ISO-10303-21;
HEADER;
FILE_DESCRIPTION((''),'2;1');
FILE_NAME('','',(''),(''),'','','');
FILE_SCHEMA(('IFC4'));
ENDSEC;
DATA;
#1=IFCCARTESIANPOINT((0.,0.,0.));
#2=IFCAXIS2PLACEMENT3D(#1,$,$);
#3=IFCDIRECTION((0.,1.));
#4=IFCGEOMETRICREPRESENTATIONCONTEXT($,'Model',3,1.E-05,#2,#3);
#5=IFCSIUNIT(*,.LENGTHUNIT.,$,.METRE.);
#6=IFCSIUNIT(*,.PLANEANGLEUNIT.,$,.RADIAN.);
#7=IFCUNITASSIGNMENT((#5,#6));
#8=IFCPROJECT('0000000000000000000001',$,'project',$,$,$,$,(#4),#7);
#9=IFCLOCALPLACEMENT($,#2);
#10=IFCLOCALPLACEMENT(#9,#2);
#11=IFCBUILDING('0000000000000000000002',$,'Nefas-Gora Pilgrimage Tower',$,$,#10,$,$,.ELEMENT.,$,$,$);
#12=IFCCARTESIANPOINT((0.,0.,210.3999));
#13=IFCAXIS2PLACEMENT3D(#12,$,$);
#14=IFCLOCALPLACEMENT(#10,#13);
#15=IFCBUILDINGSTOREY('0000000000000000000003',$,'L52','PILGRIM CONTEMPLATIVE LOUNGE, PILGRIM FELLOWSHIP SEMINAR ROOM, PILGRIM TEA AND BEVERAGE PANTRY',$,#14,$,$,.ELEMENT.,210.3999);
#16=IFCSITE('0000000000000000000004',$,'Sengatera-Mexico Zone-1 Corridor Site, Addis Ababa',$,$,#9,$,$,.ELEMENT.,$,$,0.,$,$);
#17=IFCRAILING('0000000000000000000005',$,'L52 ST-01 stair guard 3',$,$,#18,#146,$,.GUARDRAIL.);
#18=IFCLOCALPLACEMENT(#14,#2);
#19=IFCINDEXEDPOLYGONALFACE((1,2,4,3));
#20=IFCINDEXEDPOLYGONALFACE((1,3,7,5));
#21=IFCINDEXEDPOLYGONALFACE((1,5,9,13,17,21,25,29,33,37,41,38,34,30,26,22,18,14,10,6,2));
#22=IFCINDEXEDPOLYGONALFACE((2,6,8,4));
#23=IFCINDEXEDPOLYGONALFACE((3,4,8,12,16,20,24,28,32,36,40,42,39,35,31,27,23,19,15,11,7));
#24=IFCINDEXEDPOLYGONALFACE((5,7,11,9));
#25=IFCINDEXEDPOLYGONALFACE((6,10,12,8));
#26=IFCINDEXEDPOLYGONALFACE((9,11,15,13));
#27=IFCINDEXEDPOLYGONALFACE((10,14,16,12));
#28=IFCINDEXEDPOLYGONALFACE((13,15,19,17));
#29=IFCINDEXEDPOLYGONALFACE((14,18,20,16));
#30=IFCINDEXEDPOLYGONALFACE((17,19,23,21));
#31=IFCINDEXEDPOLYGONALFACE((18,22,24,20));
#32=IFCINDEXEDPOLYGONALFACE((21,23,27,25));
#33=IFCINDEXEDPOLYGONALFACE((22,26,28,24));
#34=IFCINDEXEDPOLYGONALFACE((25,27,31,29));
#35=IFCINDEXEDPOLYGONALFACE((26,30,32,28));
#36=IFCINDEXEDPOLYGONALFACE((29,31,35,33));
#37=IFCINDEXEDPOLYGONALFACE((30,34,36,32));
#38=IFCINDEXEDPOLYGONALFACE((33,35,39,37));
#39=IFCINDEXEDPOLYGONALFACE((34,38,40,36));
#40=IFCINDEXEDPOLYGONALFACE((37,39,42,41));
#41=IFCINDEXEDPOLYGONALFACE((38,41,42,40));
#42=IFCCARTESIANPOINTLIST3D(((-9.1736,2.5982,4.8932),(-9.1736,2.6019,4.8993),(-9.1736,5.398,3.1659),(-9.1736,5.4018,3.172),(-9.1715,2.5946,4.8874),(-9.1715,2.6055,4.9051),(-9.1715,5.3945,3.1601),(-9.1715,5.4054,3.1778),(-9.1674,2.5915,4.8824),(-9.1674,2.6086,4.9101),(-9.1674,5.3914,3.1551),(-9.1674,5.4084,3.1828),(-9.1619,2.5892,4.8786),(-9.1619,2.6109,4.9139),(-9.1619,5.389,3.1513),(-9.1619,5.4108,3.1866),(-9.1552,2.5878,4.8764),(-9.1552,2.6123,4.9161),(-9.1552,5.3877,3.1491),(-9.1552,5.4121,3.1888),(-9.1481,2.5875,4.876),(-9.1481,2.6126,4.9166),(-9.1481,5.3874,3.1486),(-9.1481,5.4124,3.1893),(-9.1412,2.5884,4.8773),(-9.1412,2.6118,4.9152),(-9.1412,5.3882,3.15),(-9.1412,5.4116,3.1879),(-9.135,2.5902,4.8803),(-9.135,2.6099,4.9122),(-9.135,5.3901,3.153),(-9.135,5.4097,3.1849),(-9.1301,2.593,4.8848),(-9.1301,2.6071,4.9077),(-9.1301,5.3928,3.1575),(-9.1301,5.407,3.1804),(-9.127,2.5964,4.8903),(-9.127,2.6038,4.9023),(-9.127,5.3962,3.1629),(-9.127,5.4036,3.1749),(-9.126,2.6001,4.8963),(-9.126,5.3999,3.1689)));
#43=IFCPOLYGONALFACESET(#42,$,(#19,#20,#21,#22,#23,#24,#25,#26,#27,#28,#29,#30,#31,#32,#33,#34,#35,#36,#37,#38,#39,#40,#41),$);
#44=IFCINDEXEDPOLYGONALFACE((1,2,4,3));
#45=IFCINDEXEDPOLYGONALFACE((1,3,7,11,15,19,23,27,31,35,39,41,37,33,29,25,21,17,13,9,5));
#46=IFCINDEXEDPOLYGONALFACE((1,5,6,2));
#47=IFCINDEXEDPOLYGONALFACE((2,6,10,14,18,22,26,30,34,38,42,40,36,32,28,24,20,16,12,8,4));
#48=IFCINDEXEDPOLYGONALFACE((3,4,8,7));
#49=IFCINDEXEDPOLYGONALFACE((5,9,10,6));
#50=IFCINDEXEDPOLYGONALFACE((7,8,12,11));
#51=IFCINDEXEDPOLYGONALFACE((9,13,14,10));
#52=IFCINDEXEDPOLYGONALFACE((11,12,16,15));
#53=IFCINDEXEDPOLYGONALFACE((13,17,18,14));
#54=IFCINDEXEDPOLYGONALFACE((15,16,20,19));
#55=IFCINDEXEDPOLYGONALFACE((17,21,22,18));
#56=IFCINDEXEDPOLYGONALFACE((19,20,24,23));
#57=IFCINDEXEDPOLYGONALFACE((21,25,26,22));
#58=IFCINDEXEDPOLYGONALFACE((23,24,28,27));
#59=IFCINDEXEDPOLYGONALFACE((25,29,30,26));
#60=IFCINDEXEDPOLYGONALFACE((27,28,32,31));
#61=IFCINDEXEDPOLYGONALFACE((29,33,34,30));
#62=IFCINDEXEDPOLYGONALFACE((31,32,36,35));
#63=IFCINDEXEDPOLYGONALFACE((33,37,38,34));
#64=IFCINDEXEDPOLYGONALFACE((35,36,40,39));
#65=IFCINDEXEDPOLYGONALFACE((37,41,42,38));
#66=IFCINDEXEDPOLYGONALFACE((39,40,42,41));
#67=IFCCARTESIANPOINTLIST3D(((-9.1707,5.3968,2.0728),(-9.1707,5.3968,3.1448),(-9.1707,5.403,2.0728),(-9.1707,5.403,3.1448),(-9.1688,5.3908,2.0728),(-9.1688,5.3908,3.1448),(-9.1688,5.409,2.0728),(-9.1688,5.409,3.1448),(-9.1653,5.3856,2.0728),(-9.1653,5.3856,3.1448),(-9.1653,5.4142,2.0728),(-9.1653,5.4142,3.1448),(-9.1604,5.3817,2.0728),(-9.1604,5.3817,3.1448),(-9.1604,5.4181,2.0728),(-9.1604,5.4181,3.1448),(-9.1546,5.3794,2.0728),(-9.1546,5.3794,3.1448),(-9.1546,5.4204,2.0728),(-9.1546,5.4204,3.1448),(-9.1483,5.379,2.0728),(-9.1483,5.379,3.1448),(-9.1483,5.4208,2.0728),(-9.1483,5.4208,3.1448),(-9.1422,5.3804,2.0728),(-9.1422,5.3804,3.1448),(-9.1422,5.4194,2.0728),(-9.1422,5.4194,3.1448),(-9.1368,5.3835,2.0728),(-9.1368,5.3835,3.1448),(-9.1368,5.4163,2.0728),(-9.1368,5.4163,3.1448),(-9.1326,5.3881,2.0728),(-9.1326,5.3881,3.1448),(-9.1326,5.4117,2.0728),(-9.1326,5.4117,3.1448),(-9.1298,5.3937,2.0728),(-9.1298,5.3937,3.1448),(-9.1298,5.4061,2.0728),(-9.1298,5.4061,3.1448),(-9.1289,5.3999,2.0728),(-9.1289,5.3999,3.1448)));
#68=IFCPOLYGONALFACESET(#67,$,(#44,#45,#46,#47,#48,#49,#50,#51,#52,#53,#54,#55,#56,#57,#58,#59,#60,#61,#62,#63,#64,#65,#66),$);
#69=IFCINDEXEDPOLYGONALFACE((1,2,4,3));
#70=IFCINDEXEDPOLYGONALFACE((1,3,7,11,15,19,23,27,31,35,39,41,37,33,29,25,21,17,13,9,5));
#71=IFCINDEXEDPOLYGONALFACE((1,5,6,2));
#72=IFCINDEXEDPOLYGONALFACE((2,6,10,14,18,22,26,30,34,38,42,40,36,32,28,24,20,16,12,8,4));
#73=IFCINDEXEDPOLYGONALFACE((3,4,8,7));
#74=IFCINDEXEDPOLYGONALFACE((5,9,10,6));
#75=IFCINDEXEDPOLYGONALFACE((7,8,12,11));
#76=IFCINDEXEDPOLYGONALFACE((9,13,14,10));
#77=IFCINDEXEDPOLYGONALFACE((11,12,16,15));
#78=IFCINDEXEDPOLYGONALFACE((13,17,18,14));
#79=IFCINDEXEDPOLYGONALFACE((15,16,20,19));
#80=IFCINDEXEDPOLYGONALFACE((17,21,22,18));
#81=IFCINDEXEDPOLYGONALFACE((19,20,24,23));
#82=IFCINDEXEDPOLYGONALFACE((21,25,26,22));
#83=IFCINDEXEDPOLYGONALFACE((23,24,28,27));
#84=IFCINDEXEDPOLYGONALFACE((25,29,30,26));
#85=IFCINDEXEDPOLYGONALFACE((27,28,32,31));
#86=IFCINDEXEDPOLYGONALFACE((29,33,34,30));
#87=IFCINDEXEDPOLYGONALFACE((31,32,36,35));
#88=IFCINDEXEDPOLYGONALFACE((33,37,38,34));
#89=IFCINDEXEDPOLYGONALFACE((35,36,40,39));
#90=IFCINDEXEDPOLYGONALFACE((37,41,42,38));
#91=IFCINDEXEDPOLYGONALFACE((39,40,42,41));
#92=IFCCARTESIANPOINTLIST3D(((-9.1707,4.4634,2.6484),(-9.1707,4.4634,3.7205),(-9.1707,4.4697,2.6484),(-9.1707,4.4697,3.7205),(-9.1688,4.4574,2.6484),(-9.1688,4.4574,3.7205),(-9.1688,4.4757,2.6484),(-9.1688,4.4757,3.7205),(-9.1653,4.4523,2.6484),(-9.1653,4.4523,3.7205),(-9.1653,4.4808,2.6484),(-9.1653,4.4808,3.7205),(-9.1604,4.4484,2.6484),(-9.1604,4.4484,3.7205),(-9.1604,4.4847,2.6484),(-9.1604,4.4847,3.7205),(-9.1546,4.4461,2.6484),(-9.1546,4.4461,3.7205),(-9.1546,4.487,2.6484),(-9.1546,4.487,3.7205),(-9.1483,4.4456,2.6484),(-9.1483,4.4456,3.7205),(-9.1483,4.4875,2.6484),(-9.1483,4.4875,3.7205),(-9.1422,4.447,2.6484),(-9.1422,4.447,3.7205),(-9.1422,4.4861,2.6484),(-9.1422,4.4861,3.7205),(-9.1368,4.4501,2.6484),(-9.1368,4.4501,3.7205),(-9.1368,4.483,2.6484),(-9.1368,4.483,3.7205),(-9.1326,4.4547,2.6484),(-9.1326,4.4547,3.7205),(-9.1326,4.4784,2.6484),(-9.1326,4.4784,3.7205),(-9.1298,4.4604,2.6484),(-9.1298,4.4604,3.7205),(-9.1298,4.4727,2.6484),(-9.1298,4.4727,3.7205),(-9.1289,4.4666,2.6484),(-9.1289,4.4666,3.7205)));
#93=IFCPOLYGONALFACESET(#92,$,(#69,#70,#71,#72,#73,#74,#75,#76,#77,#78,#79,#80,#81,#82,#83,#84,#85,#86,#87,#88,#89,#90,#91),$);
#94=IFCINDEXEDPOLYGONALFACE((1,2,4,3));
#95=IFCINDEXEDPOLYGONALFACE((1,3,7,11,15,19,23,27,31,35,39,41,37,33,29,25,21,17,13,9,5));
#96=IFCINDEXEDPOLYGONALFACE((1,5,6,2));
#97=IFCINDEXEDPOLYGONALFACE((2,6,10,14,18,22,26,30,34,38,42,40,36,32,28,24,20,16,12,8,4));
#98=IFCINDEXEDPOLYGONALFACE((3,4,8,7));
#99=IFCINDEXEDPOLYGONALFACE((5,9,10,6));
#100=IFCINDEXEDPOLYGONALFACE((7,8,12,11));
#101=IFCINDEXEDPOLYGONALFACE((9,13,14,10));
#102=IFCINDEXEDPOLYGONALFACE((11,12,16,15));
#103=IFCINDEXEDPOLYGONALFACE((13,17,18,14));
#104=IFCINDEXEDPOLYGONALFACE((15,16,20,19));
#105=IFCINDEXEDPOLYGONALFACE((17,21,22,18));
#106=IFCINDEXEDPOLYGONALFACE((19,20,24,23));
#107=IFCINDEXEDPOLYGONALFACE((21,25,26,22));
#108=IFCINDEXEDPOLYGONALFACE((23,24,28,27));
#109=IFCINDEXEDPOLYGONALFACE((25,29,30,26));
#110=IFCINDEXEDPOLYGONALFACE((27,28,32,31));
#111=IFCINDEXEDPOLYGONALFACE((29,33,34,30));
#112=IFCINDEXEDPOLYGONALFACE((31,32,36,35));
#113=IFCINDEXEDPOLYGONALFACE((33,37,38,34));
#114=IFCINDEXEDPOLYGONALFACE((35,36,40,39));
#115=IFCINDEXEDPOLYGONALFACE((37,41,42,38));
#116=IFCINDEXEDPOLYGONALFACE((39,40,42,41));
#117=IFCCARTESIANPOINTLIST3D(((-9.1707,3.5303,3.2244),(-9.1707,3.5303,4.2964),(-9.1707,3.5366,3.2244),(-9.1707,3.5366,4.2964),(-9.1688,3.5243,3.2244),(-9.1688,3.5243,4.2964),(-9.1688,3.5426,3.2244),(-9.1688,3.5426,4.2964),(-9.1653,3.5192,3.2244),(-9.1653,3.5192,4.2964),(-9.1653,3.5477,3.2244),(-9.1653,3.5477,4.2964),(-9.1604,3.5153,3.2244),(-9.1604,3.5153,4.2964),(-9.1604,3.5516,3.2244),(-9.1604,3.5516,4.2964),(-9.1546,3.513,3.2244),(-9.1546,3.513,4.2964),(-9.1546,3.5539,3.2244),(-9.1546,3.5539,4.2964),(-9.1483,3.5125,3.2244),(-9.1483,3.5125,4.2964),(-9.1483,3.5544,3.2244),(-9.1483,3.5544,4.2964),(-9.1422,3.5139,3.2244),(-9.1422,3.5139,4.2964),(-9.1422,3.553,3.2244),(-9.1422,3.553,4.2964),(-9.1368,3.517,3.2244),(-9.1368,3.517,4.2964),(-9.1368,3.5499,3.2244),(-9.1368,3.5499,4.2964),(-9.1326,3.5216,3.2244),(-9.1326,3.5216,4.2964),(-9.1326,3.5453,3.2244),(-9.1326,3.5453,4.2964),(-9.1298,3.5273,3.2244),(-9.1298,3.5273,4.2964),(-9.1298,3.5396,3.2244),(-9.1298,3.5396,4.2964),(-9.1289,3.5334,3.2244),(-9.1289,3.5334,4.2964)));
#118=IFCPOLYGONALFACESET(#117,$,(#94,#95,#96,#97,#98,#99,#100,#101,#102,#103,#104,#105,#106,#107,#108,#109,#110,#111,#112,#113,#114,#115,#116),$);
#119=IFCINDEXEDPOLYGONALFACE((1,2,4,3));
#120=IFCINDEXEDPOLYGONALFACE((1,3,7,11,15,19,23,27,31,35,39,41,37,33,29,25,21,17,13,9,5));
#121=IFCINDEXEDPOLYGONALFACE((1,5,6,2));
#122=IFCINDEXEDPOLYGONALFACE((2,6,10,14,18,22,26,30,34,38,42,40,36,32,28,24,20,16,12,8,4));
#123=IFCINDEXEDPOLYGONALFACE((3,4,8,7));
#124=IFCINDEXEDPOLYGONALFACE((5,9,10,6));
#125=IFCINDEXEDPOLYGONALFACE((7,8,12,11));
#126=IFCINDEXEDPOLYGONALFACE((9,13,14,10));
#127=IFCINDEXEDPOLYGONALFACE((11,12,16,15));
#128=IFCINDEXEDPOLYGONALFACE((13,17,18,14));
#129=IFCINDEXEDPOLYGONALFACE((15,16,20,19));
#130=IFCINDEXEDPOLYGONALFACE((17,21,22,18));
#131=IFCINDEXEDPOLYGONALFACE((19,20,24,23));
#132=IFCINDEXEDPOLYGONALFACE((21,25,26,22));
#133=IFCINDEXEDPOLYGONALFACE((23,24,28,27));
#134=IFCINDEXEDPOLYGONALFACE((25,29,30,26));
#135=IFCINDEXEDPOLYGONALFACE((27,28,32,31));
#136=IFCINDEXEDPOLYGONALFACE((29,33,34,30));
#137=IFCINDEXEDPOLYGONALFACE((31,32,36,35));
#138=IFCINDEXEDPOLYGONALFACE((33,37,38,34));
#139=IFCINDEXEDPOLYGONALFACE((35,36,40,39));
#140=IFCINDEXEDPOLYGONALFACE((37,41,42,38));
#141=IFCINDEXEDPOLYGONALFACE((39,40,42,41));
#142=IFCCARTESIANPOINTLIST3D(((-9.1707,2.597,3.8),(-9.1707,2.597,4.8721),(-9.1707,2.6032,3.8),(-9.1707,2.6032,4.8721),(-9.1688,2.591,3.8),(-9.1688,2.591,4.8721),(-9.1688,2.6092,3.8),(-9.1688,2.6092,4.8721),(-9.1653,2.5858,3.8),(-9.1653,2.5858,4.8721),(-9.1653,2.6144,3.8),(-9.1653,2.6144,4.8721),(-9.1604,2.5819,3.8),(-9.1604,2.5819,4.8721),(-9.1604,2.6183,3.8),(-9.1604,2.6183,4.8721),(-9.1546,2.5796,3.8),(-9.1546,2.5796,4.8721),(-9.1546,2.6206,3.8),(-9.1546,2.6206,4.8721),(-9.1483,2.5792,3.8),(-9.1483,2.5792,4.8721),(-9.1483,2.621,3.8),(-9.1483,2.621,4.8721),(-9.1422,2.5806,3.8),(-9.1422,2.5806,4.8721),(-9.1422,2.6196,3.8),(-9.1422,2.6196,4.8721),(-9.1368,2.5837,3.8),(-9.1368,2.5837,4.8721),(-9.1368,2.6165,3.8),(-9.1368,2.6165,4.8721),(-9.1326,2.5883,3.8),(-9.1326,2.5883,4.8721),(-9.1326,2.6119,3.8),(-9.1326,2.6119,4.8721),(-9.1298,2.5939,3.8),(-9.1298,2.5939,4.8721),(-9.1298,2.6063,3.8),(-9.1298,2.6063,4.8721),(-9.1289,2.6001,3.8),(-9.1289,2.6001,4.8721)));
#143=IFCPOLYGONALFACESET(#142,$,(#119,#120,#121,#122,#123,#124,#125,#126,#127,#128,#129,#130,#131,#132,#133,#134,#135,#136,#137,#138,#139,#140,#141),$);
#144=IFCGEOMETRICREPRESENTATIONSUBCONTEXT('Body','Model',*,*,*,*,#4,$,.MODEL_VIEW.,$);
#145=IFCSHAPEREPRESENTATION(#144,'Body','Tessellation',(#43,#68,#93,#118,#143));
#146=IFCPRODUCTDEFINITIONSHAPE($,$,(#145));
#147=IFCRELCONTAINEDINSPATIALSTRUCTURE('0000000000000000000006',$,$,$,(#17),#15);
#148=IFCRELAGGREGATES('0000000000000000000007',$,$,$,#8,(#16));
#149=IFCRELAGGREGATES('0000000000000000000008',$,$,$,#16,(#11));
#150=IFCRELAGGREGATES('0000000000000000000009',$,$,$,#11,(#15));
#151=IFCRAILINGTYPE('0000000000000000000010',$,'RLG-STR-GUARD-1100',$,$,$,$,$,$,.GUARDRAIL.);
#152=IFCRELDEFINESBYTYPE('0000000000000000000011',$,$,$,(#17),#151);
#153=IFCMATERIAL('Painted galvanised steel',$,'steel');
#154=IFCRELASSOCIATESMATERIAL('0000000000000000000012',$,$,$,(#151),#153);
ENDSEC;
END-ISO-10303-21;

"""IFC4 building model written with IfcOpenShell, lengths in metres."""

from ifc_helpers import new_model, si_unit, direction, frame, origin, origin_2d, place, context, subcontext, project, spatial, circle, extrude, material, type_object, element, save


model = new_model("IFC4")

# Units and contexts
model_context = context("Model", 3, precision=1e-05, world=origin(), true_north=direction((0.0, 1.0)))
body_context = subcontext(model_context, "Body", "Model", "MODEL_VIEW")
ifc_project = project(units=[si_unit("LENGTHUNIT", "METRE"), si_unit("PLANEANGLEUNIT", "RADIAN")], contexts=[model_context])

# Site, building, storey
site_placement = place(None, origin())
site = spatial("IfcSite", under=ifc_project, at=site_placement, Name="Sengatera-Mexico Zone-1 Corridor Site, Addis Ababa", CompositionType="ELEMENT", RefElevation=0.0)
building_placement = place(site_placement, origin())
building = spatial("IfcBuilding", under=site, at=building_placement, Name="Nefas-Gora Pilgrimage Tower", CompositionType="ELEMENT")
storey_placement = place(building_placement, frame((0.0, 0.0, 210.3999)))
storey = spatial("IfcBuildingStorey", under=building, at=storey_placement, Name="L52", Description="PILGRIM CONTEMPLATIVE LOUNGE, PILGRIM FELLOWSHIP SEMINAR ROOM, PILGRIM TEA AND BEVERAGE PANTRY", CompositionType="ELEMENT", Elevation=210.3999)

# Railing
ifc_material_1 = material(Name="Painted galvanised steel", Category="steel")
railing_type_1 = type_object("IfcRailingType", Name="RLG-STR-GUARD-1100", PredefinedType="GUARDRAIL", material=ifc_material_1)
railing_1_placement = place(storey_placement, frame((-9.1499, 5.3999, 2.0728)))
element("IfcRailing", 1, at=railing_1_placement, inside=storey, type_object=railing_type_1, Name="L52 ST-01 stair guard 3", PredefinedType="GUARDRAIL", context=body_context, shape_type="SweptSolid", body=[
    extrude(circle(Radius=0.0239, at=origin_2d()), frame((0.0, 0.0, 1.0962), z_axis=(0.0, -0.851069, 0.525054), x_axis=(1.0, 0.0, 0.0)), (0.0, 0.0, 1.0), 3.2898),
    extrude(circle(Radius=0.021, at=origin_2d()), origin(), (0.0, 0.0, 1.0), 1.072),
    extrude(circle(Radius=0.021, at=origin_2d()), frame((0.0, -0.9333, 0.5757)), (0.0, 0.0, 1.0), 1.072),
    extrude(circle(Radius=0.021, at=origin_2d()), frame((0.0, -1.8665, 1.1516)), (0.0, 0.0, 1.0), 1.072),
    extrude(circle(Radius=0.021, at=origin_2d()), frame((0.0, -2.7998, 1.7273)), (0.0, 0.0, 1.0), 1.072),
])

save(model, "model.ifc")
